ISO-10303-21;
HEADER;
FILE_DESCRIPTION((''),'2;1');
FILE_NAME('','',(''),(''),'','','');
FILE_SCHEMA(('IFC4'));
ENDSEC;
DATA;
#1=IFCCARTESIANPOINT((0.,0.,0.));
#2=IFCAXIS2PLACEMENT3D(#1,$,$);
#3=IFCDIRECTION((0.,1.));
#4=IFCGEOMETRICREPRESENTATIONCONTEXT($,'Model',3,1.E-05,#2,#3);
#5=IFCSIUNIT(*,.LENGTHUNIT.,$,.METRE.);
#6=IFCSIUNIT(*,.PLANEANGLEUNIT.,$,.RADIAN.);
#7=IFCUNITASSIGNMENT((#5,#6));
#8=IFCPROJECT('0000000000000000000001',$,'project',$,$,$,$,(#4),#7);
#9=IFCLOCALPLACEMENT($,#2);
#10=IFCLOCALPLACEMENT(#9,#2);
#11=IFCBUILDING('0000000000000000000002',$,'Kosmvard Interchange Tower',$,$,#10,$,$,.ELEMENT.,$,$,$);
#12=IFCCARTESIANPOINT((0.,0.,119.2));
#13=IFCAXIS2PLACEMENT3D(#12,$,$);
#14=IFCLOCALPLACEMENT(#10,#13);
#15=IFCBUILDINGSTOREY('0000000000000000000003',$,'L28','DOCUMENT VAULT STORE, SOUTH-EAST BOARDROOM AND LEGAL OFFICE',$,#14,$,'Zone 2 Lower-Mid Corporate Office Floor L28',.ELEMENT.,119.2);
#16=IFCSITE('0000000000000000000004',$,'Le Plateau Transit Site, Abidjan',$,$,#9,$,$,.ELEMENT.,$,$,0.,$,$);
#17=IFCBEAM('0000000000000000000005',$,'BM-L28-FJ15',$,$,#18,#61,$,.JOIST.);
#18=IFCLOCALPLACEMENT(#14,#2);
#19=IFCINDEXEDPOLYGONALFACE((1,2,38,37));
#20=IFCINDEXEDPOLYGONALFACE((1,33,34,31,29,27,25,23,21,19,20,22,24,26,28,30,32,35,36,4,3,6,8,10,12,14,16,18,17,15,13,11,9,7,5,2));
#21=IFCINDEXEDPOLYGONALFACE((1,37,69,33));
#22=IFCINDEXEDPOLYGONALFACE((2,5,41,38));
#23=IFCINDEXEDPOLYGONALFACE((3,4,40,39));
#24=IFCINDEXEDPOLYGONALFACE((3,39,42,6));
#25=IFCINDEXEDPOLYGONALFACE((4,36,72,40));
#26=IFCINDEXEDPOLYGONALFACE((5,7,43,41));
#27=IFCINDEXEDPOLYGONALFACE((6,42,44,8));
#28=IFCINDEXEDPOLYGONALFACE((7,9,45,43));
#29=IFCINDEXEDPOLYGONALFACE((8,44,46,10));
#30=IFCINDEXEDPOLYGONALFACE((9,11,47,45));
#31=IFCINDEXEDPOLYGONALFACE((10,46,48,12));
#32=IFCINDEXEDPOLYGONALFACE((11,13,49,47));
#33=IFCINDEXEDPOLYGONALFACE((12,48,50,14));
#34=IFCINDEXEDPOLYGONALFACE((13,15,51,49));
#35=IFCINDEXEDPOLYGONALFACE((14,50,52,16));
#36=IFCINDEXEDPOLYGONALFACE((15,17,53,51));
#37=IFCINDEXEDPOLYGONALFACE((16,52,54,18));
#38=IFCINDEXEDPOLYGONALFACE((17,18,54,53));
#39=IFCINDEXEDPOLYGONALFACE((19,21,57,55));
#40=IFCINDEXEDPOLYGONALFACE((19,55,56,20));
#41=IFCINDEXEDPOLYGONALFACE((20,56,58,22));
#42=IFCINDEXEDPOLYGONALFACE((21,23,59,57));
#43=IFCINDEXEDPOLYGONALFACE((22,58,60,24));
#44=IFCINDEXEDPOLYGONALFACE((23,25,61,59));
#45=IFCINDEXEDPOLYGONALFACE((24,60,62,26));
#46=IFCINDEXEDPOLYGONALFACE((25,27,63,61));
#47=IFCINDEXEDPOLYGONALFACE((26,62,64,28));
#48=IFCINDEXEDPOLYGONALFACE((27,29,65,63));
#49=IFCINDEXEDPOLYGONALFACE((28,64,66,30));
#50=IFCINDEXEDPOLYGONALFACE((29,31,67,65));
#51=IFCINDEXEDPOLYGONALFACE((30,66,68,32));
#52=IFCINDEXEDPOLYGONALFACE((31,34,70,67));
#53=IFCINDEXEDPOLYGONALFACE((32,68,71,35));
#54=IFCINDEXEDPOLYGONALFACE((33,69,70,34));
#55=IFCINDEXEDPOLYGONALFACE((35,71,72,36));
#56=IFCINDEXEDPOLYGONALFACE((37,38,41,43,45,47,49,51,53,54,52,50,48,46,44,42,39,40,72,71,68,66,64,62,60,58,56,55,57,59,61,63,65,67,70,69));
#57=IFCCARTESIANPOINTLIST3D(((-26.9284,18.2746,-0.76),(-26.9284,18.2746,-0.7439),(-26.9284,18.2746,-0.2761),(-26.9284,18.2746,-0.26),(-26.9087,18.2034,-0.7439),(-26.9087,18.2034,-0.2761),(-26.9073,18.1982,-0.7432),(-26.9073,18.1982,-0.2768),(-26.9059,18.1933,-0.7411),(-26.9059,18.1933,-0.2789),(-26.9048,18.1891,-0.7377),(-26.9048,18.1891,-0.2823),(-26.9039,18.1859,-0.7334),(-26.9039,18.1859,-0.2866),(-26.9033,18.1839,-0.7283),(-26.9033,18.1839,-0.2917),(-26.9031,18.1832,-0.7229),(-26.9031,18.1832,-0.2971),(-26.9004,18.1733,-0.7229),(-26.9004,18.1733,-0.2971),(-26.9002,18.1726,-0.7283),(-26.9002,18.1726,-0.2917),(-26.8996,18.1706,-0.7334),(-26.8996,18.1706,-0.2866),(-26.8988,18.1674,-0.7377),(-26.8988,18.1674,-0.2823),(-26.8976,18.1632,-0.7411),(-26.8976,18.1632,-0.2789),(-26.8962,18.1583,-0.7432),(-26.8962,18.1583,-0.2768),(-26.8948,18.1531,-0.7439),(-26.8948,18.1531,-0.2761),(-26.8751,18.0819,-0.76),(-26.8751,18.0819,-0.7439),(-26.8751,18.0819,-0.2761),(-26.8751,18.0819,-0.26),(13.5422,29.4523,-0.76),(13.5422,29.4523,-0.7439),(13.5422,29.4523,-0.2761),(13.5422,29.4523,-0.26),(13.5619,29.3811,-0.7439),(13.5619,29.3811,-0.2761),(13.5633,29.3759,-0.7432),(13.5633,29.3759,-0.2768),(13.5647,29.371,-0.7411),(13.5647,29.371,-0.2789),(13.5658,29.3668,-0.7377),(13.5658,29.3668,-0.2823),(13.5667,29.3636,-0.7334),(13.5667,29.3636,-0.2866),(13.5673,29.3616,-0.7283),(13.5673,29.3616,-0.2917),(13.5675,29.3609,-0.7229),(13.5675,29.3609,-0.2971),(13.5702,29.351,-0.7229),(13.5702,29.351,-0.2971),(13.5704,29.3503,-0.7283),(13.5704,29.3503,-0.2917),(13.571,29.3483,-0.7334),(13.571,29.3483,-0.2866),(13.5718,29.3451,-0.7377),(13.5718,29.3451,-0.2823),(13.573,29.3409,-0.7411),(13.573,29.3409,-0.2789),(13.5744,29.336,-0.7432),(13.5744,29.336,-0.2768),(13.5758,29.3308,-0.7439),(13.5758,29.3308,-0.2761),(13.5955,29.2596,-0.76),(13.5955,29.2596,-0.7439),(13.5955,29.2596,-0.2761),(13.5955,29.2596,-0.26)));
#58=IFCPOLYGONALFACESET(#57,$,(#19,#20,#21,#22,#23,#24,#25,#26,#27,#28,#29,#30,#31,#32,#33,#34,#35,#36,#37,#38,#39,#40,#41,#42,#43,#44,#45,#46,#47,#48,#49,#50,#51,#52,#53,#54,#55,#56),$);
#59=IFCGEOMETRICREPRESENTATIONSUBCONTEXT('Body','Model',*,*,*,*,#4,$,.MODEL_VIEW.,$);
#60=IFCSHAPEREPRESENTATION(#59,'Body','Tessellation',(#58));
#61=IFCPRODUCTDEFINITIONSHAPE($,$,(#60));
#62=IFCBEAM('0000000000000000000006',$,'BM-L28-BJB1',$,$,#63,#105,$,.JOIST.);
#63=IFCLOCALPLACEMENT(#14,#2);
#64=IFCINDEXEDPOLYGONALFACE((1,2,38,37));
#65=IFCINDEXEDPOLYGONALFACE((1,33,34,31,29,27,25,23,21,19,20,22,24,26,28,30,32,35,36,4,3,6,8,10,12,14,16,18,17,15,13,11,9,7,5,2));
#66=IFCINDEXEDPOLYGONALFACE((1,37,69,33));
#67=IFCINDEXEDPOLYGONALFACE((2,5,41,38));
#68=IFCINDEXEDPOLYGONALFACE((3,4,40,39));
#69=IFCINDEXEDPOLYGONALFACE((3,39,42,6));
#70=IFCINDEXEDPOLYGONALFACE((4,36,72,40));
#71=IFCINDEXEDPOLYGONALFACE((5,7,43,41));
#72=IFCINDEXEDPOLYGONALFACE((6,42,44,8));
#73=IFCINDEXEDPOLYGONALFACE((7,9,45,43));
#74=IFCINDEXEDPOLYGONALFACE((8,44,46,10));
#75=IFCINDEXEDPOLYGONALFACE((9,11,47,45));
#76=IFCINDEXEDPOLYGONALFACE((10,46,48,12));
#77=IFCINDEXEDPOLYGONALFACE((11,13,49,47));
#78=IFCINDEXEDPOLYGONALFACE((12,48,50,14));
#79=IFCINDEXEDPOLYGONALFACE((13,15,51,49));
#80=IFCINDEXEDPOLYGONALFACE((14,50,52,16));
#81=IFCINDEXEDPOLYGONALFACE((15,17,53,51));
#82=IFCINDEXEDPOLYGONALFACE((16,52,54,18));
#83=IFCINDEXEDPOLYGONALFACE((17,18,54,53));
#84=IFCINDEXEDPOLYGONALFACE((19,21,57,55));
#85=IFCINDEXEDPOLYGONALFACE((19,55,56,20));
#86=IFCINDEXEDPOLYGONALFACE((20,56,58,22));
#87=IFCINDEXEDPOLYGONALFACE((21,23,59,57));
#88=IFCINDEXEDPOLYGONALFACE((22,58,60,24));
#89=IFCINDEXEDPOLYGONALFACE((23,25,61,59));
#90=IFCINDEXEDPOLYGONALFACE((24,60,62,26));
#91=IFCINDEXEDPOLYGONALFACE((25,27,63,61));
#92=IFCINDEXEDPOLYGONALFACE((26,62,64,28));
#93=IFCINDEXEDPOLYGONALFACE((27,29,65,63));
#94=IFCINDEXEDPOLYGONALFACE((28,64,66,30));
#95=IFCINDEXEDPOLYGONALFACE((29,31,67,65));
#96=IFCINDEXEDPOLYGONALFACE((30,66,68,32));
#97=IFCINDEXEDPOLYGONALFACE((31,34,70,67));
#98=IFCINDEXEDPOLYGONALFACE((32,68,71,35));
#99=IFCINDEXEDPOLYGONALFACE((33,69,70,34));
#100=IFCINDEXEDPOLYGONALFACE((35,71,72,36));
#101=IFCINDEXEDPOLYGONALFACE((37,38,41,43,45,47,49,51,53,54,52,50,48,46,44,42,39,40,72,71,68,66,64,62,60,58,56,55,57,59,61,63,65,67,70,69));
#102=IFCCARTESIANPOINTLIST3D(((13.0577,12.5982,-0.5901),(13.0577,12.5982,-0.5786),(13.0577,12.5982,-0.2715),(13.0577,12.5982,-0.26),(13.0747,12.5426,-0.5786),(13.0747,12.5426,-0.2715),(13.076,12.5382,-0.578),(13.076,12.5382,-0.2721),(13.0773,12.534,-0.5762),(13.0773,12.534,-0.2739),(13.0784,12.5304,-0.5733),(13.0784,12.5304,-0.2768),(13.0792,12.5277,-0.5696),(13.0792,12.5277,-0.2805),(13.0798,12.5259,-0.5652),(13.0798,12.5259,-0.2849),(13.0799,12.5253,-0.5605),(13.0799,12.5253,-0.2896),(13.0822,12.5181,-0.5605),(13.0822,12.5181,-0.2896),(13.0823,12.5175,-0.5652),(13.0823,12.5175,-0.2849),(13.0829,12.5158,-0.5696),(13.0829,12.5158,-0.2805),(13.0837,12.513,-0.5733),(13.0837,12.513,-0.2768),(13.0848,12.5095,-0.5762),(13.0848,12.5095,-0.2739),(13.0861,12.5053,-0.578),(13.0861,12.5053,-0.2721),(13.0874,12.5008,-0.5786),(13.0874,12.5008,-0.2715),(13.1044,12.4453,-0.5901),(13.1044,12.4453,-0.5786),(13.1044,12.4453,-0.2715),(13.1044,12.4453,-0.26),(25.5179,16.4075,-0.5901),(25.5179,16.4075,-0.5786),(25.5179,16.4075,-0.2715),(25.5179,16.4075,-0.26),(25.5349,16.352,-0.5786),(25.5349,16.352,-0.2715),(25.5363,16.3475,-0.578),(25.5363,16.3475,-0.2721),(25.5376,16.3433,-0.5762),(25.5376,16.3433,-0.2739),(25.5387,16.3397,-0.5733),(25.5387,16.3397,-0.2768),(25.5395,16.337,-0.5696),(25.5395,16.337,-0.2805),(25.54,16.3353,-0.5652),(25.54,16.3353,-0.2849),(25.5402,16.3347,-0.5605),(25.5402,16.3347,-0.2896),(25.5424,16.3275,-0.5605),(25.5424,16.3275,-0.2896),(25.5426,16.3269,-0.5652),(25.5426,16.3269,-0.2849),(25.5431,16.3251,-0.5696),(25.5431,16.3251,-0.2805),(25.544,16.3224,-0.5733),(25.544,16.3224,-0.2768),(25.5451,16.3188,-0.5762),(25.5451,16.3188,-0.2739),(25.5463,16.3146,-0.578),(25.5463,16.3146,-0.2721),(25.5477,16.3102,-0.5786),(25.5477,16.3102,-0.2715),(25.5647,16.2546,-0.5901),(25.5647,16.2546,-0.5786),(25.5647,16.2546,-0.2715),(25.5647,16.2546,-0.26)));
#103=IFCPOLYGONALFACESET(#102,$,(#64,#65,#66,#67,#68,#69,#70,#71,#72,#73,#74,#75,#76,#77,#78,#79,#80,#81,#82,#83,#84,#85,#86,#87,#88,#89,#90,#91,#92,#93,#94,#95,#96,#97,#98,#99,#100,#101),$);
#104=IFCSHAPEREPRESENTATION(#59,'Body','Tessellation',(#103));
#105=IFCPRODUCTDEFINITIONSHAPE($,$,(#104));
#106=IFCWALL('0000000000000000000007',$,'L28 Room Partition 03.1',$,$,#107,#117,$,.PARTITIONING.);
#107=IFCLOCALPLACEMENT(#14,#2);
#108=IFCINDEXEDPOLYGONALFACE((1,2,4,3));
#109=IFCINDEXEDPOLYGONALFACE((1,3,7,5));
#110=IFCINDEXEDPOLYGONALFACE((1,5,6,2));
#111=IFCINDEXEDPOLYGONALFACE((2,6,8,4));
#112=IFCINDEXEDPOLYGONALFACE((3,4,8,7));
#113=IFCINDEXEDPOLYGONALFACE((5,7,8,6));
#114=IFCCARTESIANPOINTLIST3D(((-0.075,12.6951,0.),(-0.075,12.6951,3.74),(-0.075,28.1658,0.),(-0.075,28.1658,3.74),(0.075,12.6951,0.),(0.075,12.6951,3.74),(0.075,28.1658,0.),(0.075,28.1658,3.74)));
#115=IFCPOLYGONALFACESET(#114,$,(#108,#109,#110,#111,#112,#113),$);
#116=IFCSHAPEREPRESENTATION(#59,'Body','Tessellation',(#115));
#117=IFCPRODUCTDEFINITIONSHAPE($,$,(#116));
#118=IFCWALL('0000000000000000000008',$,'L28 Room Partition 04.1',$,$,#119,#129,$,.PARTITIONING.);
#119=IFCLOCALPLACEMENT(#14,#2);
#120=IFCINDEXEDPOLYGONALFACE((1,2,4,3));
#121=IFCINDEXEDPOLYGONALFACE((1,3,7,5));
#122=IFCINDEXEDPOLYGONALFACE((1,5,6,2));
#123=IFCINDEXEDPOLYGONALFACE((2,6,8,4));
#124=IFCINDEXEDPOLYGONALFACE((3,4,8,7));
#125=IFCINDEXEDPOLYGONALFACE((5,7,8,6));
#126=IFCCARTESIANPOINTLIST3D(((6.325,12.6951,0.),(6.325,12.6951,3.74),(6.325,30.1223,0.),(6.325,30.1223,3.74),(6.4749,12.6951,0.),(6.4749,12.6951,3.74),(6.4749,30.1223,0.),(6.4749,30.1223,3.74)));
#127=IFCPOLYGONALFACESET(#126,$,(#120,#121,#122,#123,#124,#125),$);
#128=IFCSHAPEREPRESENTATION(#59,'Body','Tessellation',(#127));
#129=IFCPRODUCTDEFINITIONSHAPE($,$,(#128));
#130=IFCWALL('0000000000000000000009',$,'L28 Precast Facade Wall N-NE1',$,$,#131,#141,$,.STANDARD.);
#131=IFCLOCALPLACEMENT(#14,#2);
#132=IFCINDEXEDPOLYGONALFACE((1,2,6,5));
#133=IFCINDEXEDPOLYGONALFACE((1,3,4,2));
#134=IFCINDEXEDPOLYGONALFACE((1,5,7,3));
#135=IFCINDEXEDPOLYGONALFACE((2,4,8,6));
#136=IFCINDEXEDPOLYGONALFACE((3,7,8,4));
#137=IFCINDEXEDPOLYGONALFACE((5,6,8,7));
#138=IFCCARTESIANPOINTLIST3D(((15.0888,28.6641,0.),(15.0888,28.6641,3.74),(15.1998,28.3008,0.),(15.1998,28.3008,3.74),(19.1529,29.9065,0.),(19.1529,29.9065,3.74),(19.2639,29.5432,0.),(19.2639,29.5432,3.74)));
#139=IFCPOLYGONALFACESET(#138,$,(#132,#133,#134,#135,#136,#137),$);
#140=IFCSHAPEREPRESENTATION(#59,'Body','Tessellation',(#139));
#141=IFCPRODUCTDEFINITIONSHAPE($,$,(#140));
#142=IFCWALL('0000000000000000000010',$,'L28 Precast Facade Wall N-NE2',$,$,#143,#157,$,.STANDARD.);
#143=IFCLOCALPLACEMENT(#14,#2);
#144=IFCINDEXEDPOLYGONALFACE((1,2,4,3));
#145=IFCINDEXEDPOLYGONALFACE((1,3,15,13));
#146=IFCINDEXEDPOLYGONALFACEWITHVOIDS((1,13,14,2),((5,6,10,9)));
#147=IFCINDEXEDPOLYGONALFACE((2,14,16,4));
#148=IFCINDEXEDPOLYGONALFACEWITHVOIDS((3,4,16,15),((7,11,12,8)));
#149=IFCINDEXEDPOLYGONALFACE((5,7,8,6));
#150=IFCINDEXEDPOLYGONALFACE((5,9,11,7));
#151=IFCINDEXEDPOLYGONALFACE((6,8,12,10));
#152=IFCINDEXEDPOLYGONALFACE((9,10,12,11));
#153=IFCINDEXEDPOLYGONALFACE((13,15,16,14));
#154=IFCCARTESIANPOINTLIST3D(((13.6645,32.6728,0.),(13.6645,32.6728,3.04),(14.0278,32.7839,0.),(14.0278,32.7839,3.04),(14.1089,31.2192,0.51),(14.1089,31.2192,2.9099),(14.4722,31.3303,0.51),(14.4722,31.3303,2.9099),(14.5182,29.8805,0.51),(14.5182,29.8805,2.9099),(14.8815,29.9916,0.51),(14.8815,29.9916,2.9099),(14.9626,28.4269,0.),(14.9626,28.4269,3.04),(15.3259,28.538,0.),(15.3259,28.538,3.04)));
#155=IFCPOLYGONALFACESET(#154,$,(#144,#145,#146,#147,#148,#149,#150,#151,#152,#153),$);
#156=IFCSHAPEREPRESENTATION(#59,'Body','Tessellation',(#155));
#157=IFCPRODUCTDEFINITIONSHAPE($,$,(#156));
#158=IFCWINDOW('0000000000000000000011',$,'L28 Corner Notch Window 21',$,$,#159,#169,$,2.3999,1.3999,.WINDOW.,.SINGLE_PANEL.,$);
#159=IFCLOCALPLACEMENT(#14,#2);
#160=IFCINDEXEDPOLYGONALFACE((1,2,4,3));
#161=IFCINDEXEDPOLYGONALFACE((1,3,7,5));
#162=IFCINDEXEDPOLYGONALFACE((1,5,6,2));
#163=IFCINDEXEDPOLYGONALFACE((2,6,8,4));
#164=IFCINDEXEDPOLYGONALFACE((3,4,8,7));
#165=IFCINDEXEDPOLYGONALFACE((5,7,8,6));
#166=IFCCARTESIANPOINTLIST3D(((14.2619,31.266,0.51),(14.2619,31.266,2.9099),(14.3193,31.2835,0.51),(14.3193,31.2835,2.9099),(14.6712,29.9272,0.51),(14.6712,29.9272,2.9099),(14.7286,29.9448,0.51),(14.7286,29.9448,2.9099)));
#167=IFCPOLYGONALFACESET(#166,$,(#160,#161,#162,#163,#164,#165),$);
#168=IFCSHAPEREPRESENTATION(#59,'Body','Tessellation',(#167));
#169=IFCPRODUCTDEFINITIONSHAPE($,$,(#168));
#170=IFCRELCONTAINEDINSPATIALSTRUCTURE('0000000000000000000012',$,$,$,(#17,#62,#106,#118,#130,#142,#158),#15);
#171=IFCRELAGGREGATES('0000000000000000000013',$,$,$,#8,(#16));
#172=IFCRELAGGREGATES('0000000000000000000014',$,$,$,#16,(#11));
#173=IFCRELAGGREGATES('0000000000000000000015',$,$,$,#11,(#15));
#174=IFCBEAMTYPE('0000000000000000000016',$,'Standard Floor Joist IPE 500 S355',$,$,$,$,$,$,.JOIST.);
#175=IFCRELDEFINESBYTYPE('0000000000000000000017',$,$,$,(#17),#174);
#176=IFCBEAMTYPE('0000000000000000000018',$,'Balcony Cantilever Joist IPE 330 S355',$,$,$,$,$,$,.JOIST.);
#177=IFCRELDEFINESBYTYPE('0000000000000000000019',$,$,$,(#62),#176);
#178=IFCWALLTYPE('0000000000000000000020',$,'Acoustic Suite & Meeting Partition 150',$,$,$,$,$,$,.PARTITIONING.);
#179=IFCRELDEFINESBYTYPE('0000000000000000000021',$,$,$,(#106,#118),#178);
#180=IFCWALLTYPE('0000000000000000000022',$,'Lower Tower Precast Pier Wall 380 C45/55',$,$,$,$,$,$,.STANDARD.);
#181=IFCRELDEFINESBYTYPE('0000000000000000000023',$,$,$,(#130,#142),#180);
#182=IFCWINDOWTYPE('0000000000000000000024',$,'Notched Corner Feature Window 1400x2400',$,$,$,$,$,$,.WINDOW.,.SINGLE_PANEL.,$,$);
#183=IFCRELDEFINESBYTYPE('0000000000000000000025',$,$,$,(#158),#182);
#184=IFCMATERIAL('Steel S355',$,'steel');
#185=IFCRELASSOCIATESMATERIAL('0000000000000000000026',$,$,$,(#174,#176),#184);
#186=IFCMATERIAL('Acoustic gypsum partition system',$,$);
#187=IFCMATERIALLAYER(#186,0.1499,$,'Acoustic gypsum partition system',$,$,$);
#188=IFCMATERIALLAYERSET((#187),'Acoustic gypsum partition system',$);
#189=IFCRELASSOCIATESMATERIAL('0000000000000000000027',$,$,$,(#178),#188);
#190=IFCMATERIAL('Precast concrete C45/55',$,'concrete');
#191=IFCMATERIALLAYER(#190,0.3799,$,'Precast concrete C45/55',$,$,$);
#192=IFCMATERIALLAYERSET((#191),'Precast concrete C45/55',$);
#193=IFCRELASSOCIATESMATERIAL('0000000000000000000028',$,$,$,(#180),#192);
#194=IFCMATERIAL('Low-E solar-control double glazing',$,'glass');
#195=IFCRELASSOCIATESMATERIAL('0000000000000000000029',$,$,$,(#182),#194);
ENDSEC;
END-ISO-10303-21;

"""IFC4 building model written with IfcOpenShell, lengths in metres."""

from ifc_helpers import new_model, si_unit, direction, frame, frame_2d, origin, origin_2d, place, context, subcontext, project, spatial, rectangle, i_section, extrude, source, transform, mapped, material, layer, layer_set, material_profile, profile_set, type_object, element, fill, save


model = new_model("IFC4")

# Units and contexts
model_context = context("Model", 3, precision=1e-05, world=origin(), true_north=direction((0.0, 1.0)))
body_context = subcontext(model_context, "Body", "Model", "MODEL_VIEW")
ifc_project = project(units=[si_unit("LENGTHUNIT", "METRE"), si_unit("PLANEANGLEUNIT", "RADIAN")], contexts=[model_context])

# Site, building, storey
site_placement = place(None, origin())
site = spatial("IfcSite", under=ifc_project, at=site_placement, Name="Le Plateau Transit Site, Abidjan", CompositionType="ELEMENT", RefElevation=0.0)
building_placement = place(site_placement, origin())
building = spatial("IfcBuilding", under=site, at=building_placement, Name="Kosmvard Interchange Tower", CompositionType="ELEMENT")
storey_placement = place(building_placement, frame((0.0, 0.0, 119.2)))
storey = spatial("IfcBuildingStorey", under=building, at=storey_placement, Name="L28", Description="DOCUMENT VAULT STORE, SOUTH-EAST BOARDROOM AND LEGAL OFFICE", LongName="Zone 2 Lower-Mid Corporate Office Floor L28", CompositionType="ELEMENT", Elevation=119.2)

# Beams
ifc_material_1 = material(Name="Steel S355", Category="steel")
ifc_material_2 = material(Name="Precast concrete C45/55", Category="concrete")
ifc_material_profile_1 = material_profile(ifc_material_1, i_section(OverallWidth=0.2, OverallDepth=0.5, WebThickness=0.0103, FlangeThickness=0.0161, FilletRadius=0.021, at=origin_2d()), Name="IPE 500")
ifc_profile_set_1 = profile_set([ifc_material_profile_1], Name="Steel S355")
beam_type_1 = type_object("IfcBeamType", Name="Standard Floor Joist IPE 500 S355", PredefinedType="JOIST", material=ifc_profile_set_1)
shared_shape_1 = source(origin(), body_context, "Body", "SweptSolid", [
    extrude(i_section(OverallWidth=0.2, OverallDepth=0.5, WebThickness=0.0103, FlangeThickness=0.0161, FilletRadius=0.021, at=origin_2d()), origin(), (0.0, 0.0, 1.0), 41.9858),
])
beam_1_placement = place(storey_placement, frame((13.5688, 29.356, -0.51), z_axis=(-0.963911, -0.266226, 0.0), x_axis=(0.266226, -0.963911, 0.0)))
element("IfcBeam", 1, at=beam_1_placement, inside=storey, type_object=beam_type_1, Name="BM-L28-FJ15", PredefinedType="JOIST", context=body_context, shape_type="MappedRepresentation", body=[
    mapped(shared_shape_1, transform((0.0, 0.0, 0.0), scale=1.0)),
])
ifc_material_profile_2 = material_profile(ifc_material_1, i_section(OverallWidth=0.1599, OverallDepth=0.3301, WebThickness=0.0076, FlangeThickness=0.0115, FilletRadius=0.0181, at=origin_2d()), Name="IPE 330")
ifc_profile_set_2 = profile_set([ifc_material_profile_2], Name="Steel S355")
beam_type_2 = type_object("IfcBeamType", Name="Balcony Cantilever Joist IPE 330 S355", PredefinedType="JOIST", material=ifc_profile_set_2)
shared_shape_2 = source(origin(), body_context, "Body", "SweptSolid", [
    extrude(i_section(OverallWidth=0.1599, OverallDepth=0.3301, WebThickness=0.0076, FlangeThickness=0.0115, FilletRadius=0.0181, at=origin_2d()), origin(), (0.0, 0.0, 1.0), 13.0295),
])
beam_2_placement = place(storey_placement, frame((13.0811, 12.5217, -0.425), z_axis=(0.956308, 0.292362, 0.0), x_axis=(-0.292362, 0.956308, 0.0)))
element("IfcBeam", 2, at=beam_2_placement, inside=storey, type_object=beam_type_2, Name="BM-L28-BJB1", PredefinedType="JOIST", context=body_context, shape_type="MappedRepresentation", body=[
    mapped(shared_shape_2, transform((0.0, 0.0, 0.0), scale=1.0)),
])

# Walls
ifc_material_3 = material(Name="Acoustic gypsum partition system")
ifc_layer_1 = layer(ifc_material_3, 0.1499, Name="Acoustic gypsum partition system")
ifc_layer_set_1 = layer_set([ifc_layer_1], Name="Acoustic gypsum partition system")
wall_type_1 = type_object("IfcWallType", Name="Acoustic Suite & Meeting Partition 150", PredefinedType="PARTITIONING", material=ifc_layer_set_1)
wall_1_placement = place(storey_placement, frame((0.0, 12.6951, 0.0), z_axis=(0.0, 0.0, 1.0), x_axis=(0.0, 1.0, 0.0)))
element("IfcWall", 3, at=wall_1_placement, inside=storey, type_object=wall_type_1, Name="L28 Room Partition 03.1", PredefinedType="PARTITIONING", context=body_context, shape_type="SweptSolid", body=[
    extrude(rectangle(XDim=15.4707, YDim=0.1499, at=frame_2d((7.7354, 0.0))), origin(), (0.0, 0.0, 1.0), 3.74),
])
wall_2_placement = place(storey_placement, frame((6.3999, 12.6951, 0.0), z_axis=(0.0, 0.0, 1.0), x_axis=(0.0, 1.0, 0.0)))
element("IfcWall", 4, at=wall_2_placement, inside=storey, type_object=wall_type_1, Name="L28 Room Partition 04.1", PredefinedType="PARTITIONING", context=body_context, shape_type="SweptSolid", body=[
    extrude(rectangle(XDim=17.4272, YDim=0.1499, at=frame_2d((8.7136, 0.0))), origin(), (0.0, 0.0, 1.0), 3.74),
])
ifc_layer_2 = layer(ifc_material_2, 0.3799, Name="Precast concrete C45/55")
ifc_layer_set_2 = layer_set([ifc_layer_2], Name="Precast concrete C45/55")
wall_type_2 = type_object("IfcWallType", Name="Lower Tower Precast Pier Wall 380 C45/55", PredefinedType="STANDARD", material=ifc_layer_set_2)
wall_3_placement = place(storey_placement, frame((19.2085, 29.7249, 0.0), z_axis=(0.0, 0.0, 1.0), x_axis=(-0.956313, -0.292346, 0.0)))
element("IfcWall", 5, at=wall_3_placement, inside=storey, type_object=wall_type_2, Name="L28 Precast Facade Wall N-NE1", PredefinedType="STANDARD", context=body_context, shape_type="SweptSolid", body=[
    extrude(rectangle(XDim=4.2498, YDim=0.3799, at=frame_2d((2.125, 0.0))), origin(), (0.0, 0.0, 1.0), 3.74),
])

# Wall, opening, window
wall_4_placement = place(storey_placement, frame((15.1443, 28.4824, 0.0), z_axis=(0.0, 0.0, 1.0), x_axis=(-0.292374, 0.956304, 0.0)))
wall_4 = element("IfcWall", 6, at=wall_4_placement, inside=storey, type_object=wall_type_2, Name="L28 Precast Facade Wall N-NE2", PredefinedType="STANDARD", context=body_context, shape_type="SweptSolid", body=[
    extrude(rectangle(XDim=4.4399, YDim=0.3799, at=frame_2d((2.22, 0.0))), origin(), (0.0, 0.0, 1.0), 3.04),
])
opening_1_placement = place(wall_4_placement, frame((1.52, 0.0, 0.51)))
opening_1 = element("IfcOpeningElement", 7, at=opening_1_placement, cuts=wall_4, PredefinedType="OPENING", context=body_context, shape_type="SweptSolid", body=[
    extrude(rectangle(XDim=1.3999, YDim=2.3999, at=frame_2d((0.7, 1.2))), frame((0.0, 0.2, 0.0), z_axis=(0.0, -1.0, 0.0), x_axis=(1.0, 0.0, 0.0)), (0.0, 0.0, 1.0), 0.3999),
])
ifc_material_4 = material(Name="Low-E solar-control double glazing", Category="glass")
window_type_1 = type_object("IfcWindowType", Name="Notched Corner Feature Window 1400x2400", PartitioningType="SINGLE_PANEL", PredefinedType="WINDOW", material=ifc_material_4)
shared_shape_3 = source(origin(), body_context, "Body", "SweptSolid", [
    extrude(rectangle(XDim=1.3999, YDim=2.3999, at=frame_2d((0.7, 1.2))), frame((0.0, 0.03, 0.0), z_axis=(0.0, -1.0, 0.0), x_axis=(1.0, 0.0, 0.0)), (0.0, 0.0, 1.0), 0.0601),
])
window_1_placement = place(opening_1_placement, origin())
window_1 = element("IfcWindow", 8, at=window_1_placement, inside=storey, type_object=window_type_1, Name="L28 Corner Notch Window 21", OverallHeight=2.3999, OverallWidth=1.3999, PartitioningType="SINGLE_PANEL", PredefinedType="WINDOW", context=body_context, shape_type="MappedRepresentation", body=[
    mapped(shared_shape_3, transform((0.0, 0.0, 0.0), scale=1.0)),
])
fill(opening_1, window_1)

save(model, "model.ifc")
